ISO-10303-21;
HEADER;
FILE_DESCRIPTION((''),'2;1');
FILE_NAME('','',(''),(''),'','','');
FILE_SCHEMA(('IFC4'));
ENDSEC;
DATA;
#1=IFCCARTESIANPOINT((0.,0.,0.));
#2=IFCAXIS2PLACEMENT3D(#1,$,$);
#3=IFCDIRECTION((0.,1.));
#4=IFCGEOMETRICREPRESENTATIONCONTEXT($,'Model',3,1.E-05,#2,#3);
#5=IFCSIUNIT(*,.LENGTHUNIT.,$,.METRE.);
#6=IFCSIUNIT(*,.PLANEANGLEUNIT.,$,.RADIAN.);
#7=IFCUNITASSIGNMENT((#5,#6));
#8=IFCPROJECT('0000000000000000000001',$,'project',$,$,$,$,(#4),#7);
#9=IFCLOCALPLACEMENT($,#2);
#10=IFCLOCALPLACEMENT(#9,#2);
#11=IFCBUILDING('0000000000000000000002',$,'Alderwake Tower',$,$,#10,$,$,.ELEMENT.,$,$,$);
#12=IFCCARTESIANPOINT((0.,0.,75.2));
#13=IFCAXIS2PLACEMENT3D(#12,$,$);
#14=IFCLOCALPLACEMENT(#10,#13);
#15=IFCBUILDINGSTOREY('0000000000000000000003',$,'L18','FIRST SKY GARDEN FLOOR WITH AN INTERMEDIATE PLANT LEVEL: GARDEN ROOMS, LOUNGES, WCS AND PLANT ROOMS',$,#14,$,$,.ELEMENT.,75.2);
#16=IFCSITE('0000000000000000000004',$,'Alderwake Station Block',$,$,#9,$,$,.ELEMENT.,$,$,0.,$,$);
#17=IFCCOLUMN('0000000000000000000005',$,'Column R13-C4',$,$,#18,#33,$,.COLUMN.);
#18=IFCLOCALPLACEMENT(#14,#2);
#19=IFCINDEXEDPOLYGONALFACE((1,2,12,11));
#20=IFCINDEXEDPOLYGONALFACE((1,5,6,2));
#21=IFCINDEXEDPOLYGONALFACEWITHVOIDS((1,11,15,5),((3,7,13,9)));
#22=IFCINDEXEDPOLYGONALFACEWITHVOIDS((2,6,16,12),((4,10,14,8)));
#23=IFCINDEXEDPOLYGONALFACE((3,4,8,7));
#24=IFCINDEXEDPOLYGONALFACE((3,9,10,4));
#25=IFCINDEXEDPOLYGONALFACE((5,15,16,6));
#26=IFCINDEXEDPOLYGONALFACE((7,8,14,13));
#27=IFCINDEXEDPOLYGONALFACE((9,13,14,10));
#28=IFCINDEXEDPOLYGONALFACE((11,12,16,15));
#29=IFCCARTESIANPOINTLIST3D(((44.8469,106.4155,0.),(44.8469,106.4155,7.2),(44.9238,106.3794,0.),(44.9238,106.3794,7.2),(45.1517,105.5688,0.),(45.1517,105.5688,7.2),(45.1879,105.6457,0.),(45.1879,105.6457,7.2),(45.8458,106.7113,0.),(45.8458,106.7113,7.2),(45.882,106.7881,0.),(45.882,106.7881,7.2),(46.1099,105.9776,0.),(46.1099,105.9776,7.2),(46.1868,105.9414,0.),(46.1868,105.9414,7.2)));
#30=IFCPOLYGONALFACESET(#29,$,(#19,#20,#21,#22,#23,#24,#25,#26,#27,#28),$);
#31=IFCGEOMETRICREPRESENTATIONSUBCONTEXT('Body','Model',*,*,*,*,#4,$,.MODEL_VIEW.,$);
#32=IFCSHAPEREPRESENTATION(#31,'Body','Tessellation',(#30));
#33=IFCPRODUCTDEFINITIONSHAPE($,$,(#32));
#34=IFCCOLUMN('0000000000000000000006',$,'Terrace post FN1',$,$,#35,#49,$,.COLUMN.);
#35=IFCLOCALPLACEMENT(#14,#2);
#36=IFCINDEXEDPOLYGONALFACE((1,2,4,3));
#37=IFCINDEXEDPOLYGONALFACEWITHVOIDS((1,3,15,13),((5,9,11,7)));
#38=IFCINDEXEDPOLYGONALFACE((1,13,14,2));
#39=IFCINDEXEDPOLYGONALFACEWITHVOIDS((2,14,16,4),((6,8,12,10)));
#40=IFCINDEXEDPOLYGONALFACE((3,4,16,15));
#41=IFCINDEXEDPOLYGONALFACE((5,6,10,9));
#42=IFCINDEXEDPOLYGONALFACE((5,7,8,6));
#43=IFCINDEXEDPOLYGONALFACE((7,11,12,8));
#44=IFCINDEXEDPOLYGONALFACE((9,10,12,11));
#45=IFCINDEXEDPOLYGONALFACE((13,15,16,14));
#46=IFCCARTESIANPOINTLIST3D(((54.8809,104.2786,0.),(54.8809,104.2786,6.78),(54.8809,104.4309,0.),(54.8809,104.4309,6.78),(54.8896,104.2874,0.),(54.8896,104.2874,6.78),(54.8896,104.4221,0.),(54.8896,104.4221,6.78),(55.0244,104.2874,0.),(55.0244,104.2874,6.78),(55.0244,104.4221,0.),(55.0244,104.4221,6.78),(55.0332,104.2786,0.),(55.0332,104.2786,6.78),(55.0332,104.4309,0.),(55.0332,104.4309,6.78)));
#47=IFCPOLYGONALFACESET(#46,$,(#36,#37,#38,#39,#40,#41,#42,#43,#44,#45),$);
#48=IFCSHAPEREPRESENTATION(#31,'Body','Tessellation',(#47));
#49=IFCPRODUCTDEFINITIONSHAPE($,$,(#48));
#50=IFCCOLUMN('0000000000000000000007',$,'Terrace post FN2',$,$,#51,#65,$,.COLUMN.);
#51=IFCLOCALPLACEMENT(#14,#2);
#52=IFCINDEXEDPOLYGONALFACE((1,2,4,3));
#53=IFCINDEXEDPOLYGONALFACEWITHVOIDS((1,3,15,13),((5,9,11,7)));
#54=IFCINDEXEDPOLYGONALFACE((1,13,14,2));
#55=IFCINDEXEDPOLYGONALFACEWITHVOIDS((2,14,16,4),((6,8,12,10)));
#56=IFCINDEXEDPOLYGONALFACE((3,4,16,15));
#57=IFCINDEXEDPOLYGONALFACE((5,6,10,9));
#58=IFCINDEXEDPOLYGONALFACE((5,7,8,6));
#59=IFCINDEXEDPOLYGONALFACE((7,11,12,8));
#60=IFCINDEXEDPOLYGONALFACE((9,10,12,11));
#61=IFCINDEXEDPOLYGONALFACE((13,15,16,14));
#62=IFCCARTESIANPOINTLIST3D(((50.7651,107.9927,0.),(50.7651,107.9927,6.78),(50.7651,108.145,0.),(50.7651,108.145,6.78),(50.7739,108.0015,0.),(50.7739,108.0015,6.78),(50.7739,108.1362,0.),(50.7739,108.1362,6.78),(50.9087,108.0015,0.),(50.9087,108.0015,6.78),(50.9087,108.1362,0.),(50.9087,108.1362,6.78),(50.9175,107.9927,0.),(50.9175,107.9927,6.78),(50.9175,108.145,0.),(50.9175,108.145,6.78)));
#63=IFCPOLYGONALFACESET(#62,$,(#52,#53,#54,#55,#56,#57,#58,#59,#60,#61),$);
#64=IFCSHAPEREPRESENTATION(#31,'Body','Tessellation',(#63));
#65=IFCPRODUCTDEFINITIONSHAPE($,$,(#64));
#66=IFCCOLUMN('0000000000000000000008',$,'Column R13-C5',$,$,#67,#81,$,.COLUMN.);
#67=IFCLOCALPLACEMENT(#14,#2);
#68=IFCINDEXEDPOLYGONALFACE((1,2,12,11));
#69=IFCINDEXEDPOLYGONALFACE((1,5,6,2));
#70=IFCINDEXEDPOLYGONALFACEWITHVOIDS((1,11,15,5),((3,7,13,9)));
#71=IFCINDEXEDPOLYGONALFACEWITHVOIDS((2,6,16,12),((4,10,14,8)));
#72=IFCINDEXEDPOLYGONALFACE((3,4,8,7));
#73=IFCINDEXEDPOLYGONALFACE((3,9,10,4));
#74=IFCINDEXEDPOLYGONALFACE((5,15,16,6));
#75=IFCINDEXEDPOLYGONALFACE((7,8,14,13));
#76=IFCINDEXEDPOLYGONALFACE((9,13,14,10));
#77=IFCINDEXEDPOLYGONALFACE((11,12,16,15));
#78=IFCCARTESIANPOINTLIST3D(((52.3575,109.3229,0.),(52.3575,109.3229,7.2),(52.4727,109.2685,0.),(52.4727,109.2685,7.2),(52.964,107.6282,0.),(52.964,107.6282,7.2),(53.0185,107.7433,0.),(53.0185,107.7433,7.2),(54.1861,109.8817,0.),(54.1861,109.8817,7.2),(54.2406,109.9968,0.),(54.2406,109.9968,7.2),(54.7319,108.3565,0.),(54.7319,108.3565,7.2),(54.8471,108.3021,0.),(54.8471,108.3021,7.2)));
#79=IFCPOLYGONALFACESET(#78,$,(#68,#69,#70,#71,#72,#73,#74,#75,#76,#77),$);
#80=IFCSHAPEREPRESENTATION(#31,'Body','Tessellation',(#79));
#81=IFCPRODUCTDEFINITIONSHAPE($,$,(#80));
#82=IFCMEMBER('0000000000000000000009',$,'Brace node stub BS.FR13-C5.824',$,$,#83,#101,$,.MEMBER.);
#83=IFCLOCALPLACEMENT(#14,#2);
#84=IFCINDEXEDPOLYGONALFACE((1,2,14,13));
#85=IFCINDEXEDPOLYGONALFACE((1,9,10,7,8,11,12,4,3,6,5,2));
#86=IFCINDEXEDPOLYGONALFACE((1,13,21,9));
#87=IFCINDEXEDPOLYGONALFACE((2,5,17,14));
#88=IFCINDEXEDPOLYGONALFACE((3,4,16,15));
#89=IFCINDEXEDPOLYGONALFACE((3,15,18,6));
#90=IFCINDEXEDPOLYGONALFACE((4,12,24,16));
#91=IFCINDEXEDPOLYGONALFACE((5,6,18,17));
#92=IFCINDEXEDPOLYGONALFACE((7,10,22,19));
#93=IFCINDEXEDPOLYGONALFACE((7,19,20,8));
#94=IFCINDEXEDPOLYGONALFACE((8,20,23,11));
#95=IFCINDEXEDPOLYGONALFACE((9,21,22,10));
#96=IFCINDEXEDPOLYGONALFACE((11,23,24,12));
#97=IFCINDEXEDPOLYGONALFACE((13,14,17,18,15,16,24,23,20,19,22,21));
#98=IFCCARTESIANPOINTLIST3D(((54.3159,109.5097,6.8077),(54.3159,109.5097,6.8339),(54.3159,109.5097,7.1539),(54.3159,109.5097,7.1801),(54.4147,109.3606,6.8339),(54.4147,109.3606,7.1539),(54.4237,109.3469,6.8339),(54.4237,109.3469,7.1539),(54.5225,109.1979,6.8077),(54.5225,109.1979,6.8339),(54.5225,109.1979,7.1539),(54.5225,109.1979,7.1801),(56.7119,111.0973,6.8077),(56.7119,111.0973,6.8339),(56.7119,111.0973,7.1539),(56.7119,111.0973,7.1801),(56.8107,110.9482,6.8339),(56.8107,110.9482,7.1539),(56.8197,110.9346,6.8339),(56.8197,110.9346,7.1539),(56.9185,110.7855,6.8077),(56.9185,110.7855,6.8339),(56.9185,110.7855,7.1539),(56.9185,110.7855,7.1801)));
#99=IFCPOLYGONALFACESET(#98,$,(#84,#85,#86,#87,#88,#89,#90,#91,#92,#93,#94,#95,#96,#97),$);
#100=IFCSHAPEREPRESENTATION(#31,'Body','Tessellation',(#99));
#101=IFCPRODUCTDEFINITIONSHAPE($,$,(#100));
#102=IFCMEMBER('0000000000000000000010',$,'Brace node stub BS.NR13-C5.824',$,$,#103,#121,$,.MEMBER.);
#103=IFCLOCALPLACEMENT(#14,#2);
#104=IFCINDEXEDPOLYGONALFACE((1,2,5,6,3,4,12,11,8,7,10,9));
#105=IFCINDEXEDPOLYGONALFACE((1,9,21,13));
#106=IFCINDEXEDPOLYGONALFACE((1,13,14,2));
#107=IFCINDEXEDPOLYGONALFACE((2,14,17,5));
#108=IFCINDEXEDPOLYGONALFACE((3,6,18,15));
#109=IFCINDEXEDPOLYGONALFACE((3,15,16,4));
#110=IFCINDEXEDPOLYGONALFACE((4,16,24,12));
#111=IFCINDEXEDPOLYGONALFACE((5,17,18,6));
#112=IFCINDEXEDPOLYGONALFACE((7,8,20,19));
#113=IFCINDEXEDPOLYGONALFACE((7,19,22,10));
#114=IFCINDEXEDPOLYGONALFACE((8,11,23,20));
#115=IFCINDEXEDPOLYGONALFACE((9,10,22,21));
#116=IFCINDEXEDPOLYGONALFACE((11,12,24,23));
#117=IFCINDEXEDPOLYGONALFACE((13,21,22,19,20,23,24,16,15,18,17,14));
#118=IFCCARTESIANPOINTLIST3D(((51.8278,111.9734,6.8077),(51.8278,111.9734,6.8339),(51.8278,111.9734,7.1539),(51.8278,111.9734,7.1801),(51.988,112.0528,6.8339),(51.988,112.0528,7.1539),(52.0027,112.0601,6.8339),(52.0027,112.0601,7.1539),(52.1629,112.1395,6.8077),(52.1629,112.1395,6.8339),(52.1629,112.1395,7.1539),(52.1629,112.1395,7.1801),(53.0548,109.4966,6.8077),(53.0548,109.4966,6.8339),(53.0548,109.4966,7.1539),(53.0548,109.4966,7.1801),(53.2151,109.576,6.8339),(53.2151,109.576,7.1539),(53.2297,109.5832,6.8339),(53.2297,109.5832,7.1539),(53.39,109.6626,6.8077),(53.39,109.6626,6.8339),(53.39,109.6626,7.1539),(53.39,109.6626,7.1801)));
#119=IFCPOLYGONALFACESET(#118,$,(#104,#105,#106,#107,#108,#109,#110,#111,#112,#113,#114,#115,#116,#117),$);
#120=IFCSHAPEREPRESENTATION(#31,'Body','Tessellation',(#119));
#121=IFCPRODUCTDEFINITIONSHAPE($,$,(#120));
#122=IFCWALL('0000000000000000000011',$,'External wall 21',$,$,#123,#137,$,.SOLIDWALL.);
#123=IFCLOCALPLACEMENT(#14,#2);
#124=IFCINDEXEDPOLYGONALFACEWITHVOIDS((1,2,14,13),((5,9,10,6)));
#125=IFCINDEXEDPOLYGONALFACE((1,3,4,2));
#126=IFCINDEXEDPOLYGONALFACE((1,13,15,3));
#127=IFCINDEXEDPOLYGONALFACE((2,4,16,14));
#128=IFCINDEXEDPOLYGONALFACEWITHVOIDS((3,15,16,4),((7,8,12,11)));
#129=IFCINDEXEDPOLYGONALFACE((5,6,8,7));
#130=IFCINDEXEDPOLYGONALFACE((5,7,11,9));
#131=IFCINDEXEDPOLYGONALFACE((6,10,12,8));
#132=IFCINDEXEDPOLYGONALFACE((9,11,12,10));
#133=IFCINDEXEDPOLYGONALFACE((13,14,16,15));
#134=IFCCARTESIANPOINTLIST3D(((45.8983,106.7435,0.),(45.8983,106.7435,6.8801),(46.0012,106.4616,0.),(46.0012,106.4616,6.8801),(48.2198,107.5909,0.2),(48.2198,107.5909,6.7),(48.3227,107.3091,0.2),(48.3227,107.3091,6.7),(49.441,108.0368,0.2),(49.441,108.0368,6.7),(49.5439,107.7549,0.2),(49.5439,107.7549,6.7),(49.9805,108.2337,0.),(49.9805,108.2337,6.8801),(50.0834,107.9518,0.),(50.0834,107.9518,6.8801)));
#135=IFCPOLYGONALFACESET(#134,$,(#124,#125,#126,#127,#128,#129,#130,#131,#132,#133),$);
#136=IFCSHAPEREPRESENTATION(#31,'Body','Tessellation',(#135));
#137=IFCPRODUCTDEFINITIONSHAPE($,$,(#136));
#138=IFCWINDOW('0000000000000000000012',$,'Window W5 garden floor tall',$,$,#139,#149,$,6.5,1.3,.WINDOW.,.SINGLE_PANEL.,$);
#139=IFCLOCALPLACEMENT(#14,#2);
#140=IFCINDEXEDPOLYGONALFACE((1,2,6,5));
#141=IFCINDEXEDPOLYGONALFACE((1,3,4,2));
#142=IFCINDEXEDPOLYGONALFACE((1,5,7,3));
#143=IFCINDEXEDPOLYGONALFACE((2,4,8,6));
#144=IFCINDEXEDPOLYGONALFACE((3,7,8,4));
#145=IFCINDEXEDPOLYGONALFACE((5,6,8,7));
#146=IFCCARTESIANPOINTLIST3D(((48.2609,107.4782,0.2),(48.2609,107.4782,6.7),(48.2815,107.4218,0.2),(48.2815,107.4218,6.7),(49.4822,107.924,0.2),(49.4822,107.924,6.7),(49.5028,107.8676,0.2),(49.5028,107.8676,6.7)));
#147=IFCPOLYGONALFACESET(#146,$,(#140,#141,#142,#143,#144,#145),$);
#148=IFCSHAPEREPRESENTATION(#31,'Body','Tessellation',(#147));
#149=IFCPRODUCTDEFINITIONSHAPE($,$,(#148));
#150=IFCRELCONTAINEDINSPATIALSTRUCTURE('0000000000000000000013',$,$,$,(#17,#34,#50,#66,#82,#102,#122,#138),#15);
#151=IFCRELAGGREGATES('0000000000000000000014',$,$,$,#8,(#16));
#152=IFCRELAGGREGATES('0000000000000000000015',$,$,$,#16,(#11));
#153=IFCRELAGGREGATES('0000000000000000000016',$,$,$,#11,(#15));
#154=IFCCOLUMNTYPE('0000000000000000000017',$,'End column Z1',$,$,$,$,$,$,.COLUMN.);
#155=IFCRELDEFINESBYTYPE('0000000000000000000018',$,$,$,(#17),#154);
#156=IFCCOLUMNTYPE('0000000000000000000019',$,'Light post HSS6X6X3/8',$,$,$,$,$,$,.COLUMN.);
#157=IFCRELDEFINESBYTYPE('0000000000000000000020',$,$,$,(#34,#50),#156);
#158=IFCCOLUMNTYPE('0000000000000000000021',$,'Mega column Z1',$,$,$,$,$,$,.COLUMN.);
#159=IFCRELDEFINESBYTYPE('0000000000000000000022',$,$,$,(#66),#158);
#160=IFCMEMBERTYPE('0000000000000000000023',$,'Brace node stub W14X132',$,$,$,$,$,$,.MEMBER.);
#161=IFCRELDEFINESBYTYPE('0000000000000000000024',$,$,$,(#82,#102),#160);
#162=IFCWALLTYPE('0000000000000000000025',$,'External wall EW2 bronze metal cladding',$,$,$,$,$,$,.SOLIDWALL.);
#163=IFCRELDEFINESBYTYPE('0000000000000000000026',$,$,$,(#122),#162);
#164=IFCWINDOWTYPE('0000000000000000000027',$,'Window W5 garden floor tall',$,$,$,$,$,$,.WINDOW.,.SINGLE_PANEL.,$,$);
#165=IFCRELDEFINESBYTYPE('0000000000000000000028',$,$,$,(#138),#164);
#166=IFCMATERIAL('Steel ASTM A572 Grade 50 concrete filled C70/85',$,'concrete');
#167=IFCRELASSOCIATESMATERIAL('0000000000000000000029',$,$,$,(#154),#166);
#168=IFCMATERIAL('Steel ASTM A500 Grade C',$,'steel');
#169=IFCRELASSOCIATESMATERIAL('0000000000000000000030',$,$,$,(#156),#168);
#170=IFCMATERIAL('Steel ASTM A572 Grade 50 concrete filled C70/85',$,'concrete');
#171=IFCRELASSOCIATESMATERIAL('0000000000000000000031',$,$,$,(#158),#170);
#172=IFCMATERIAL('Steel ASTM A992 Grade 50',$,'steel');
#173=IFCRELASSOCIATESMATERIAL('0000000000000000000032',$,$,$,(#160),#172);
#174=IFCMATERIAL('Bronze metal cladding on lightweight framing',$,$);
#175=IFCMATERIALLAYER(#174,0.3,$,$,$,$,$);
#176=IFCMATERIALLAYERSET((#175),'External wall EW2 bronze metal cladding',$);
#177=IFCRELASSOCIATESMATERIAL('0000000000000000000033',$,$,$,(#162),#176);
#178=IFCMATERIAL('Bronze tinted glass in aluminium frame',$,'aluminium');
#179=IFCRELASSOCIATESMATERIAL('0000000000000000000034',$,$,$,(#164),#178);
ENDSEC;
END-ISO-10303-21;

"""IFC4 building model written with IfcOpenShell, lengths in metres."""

from ifc_helpers import new_model, si_unit, direction, frame, frame_2d, origin, origin_2d, place, context, subcontext, project, spatial, rectangle, hollow_rectangle, i_section, extrude, material, layer, layer_set, material_profile, profile_set, type_object, element, fill, save


model = new_model("IFC4")

# Units and contexts
model_context = context("Model", 3, precision=1e-05, world=origin(), true_north=direction((0.0, 1.0)))
body_context = subcontext(model_context, "Body", "Model", "MODEL_VIEW")
ifc_project = project(units=[si_unit("LENGTHUNIT", "METRE"), si_unit("PLANEANGLEUNIT", "RADIAN")], contexts=[model_context])

# Site, building, storey
site_placement = place(None, origin())
site = spatial("IfcSite", under=ifc_project, at=site_placement, Name="Alderwake Station Block", CompositionType="ELEMENT", RefElevation=0.0)
building_placement = place(site_placement, origin())
building = spatial("IfcBuilding", under=site, at=building_placement, Name="Alderwake Tower", CompositionType="ELEMENT")
storey_placement = place(building_placement, frame((0.0, 0.0, 75.2)))
storey = spatial("IfcBuildingStorey", under=building, at=storey_placement, Name="L18", Description="FIRST SKY GARDEN FLOOR WITH AN INTERMEDIATE PLANT LEVEL: GARDEN ROOMS, LOUNGES, WCS AND PLANT ROOMS", CompositionType="ELEMENT", Elevation=75.2)

# Columns
ifc_material_1 = material(Name="Steel ASTM A572 Grade 50 concrete filled C70/85", Category="concrete")
ifc_material_profile_1 = material_profile(ifc_material_1, hollow_rectangle(XDim=0.8999, YDim=1.1001, WallThickness=0.0601, at=origin_2d()), Name="BOX 1100X900X60")
ifc_profile_set_1 = profile_set([ifc_material_profile_1], Name="Steel ASTM A572 Grade 50 concrete filled C70/85")
column_type_1 = type_object("IfcColumnType", Name="End column Z1", PredefinedType="COLUMN", material=ifc_profile_set_1)
column_1_placement = place(storey_placement, frame((45.5168, 106.1785, 0.0), z_axis=(0.0, 0.0, 1.0), x_axis=(-0.338669, 0.940906, 0.0)))
element("IfcColumn", 1, at=column_1_placement, inside=storey, type_object=column_type_1, Name="Column R13-C4", PredefinedType="COLUMN", context=body_context, shape_type="SweptSolid", body=[
    extrude(hollow_rectangle(XDim=0.8999, YDim=1.1001, WallThickness=0.0601, at=origin_2d()), origin(), (0.0, 0.0, 1.0), 7.2),
])
ifc_material_2 = material(Name="Steel ASTM A500 Grade C", Category="steel")
ifc_material_profile_2 = material_profile(ifc_material_2, hollow_rectangle(XDim=0.1523, YDim=0.1523, WallThickness=0.0088, at=origin_2d()), Name="HSS6X6X3/8")
ifc_profile_set_2 = profile_set([ifc_material_profile_2], Name="Steel ASTM A500 Grade C")
column_type_2 = type_object("IfcColumnType", Name="Light post HSS6X6X3/8", PredefinedType="COLUMN", material=ifc_profile_set_2)
for number, where, z_axis, x_axis, name in (
    (2, (54.957, 104.3547, 0.0), (0.0, 0.0, 1.0), (1.0, 0.0, 0.0), "Terrace post FN1"),
    (3, (50.8413, 108.0688, 0.0), (0.0, 0.0, 1.0), (1.0, 0.0, 0.0), "Terrace post FN2"),
):
    element("IfcColumn", number, at=place(storey_placement, frame(where, z_axis=z_axis, x_axis=x_axis)), inside=storey, type_object=column_type_2, Name=name, PredefinedType="COLUMN", context=body_context, shape_type="SweptSolid", body=[
        extrude(hollow_rectangle(XDim=0.1523, YDim=0.1523, WallThickness=0.0088, at=origin_2d()), origin(), (0.0, 0.0, 1.0), 6.78),
    ])
ifc_material_3 = material(Name="Steel ASTM A572 Grade 50 concrete filled C70/85", Category="concrete")
ifc_material_profile_3 = material_profile(ifc_material_3, hollow_rectangle(XDim=1.8, YDim=2.0, WallThickness=0.0901, at=origin_2d()), Name="BOX 2000X1800X90")
ifc_profile_set_3 = profile_set([ifc_material_profile_3], Name="Steel ASTM A572 Grade 50 concrete filled C70/85")
column_type_3 = type_object("IfcColumnType", Name="Mega column Z1", PredefinedType="COLUMN", material=ifc_profile_set_3)
column_2_placement = place(storey_placement, frame((53.6023, 108.8125, 0.0), z_axis=(0.0, 0.0, 1.0), x_axis=(-0.336946, 0.941524, 0.0)))
element("IfcColumn", 4, at=column_2_placement, inside=storey, type_object=column_type_3, Name="Column R13-C5", PredefinedType="COLUMN", context=body_context, shape_type="SweptSolid", body=[
    extrude(hollow_rectangle(XDim=1.8, YDim=2.0, WallThickness=0.0901, at=origin_2d()), origin(), (0.0, 0.0, 1.0), 7.2),
])

# Members
ifc_material_4 = material(Name="Steel ASTM A992 Grade 50", Category="steel")
ifc_material_profile_4 = material_profile(ifc_material_4, i_section(OverallWidth=0.374, OverallDepth=0.3723, WebThickness=0.0164, FlangeThickness=0.0261, at=origin_2d()), Name="W14X132")
ifc_profile_set_4 = profile_set([ifc_material_profile_4], Name="Steel ASTM A992 Grade 50")
member_type = type_object("IfcMemberType", Name="Brace node stub W14X132", PredefinedType="MEMBER", material=ifc_profile_set_4)
member_1_placement = place(storey_placement, frame((54.4192, 109.3538, 6.9939), z_axis=(0.833602, 0.552365, 0.0), x_axis=(-0.552365, 0.833602, 0.0)))
element("IfcMember", 5, at=member_1_placement, inside=storey, type_object=member_type, Name="Brace node stub BS.FR13-C5.824", PredefinedType="MEMBER", context=body_context, shape_type="SweptSolid", body=[
    extrude(i_section(OverallWidth=0.374, OverallDepth=0.3723, WebThickness=0.0164, FlangeThickness=0.0261, at=origin_2d()), origin(), (0.0, 0.0, 1.0), 2.8743),
])
member_2_placement = place(storey_placement, frame((53.2224, 109.5796, 6.9939), z_axis=(-0.443925, 0.896064, 0.0), x_axis=(-0.896064, -0.443925, 0.0)))
element("IfcMember", 6, at=member_2_placement, inside=storey, type_object=member_type, Name="Brace node stub BS.NR13-C5.824", PredefinedType="MEMBER", context=body_context, shape_type="SweptSolid", body=[
    extrude(i_section(OverallWidth=0.374, OverallDepth=0.3723, WebThickness=0.0164, FlangeThickness=0.0261, at=origin_2d()), origin(), (0.0, 0.0, 1.0), 2.7642),
])

# Wall, opening, window
ifc_material_5 = material(Name="Bronze metal cladding on lightweight framing")
ifc_layer = layer(ifc_material_5, 0.3)
ifc_layer_set = layer_set([ifc_layer], Name="External wall EW2 bronze metal cladding")
wall_type = type_object("IfcWallType", Name="External wall EW2 bronze metal cladding", PredefinedType="SOLIDWALL", material=ifc_layer_set)
wall_1_placement = place(storey_placement, frame((50.032, 108.0928, 0.0), z_axis=(0.0, 0.0, 1.0), x_axis=(-0.939366, -0.342916, 0.0)))
wall_1 = element("IfcWall", 7, at=wall_1_placement, inside=storey, type_object=wall_type, Name="External wall 21", PredefinedType="SOLIDWALL", context=body_context, shape_type="SweptSolid", body=[
    extrude(rectangle(XDim=4.3457, YDim=0.3, at=frame_2d((2.1729, 0.0))), origin(), (0.0, 0.0, 1.0), 6.8801),
])
opening_1_placement = place(wall_1_placement, frame((0.5745, 0.0, 0.2)))
opening_1 = element("IfcOpeningElement", 8, at=opening_1_placement, cuts=wall_1, PredefinedType="OPENING", context=body_context, shape_type="SweptSolid", body=[
    extrude(rectangle(XDim=1.3, YDim=6.5, at=frame_2d((0.6499, 3.25))), frame((0.0, 0.1599, 0.0), z_axis=(0.0, -1.0, 0.0), x_axis=(1.0, 0.0, 0.0)), (0.0, 0.0, 1.0), 0.3201),
])
ifc_material_6 = material(Name="Bronze tinted glass in aluminium frame", Category="aluminium")
window_type = type_object("IfcWindowType", Name="Window W5 garden floor tall", PartitioningType="SINGLE_PANEL", PredefinedType="WINDOW", material=ifc_material_6)
window_1_placement = place(opening_1_placement, origin())
window_1 = element("IfcWindow", 9, at=window_1_placement, inside=storey, type_object=window_type, Name="Window W5 garden floor tall", OverallHeight=6.5, OverallWidth=1.3, PartitioningType="SINGLE_PANEL", PredefinedType="WINDOW", context=body_context, shape_type="SweptSolid", body=[
    extrude(rectangle(XDim=1.3, YDim=6.5, at=frame_2d((0.6499, 3.25))), frame((0.0, 0.03, 0.0), z_axis=(0.0, -1.0, 0.0), x_axis=(1.0, 0.0, 0.0)), (0.0, 0.0, 1.0), 0.0601),
])
fill(opening_1, window_1)

save(model, "model.ifc")
